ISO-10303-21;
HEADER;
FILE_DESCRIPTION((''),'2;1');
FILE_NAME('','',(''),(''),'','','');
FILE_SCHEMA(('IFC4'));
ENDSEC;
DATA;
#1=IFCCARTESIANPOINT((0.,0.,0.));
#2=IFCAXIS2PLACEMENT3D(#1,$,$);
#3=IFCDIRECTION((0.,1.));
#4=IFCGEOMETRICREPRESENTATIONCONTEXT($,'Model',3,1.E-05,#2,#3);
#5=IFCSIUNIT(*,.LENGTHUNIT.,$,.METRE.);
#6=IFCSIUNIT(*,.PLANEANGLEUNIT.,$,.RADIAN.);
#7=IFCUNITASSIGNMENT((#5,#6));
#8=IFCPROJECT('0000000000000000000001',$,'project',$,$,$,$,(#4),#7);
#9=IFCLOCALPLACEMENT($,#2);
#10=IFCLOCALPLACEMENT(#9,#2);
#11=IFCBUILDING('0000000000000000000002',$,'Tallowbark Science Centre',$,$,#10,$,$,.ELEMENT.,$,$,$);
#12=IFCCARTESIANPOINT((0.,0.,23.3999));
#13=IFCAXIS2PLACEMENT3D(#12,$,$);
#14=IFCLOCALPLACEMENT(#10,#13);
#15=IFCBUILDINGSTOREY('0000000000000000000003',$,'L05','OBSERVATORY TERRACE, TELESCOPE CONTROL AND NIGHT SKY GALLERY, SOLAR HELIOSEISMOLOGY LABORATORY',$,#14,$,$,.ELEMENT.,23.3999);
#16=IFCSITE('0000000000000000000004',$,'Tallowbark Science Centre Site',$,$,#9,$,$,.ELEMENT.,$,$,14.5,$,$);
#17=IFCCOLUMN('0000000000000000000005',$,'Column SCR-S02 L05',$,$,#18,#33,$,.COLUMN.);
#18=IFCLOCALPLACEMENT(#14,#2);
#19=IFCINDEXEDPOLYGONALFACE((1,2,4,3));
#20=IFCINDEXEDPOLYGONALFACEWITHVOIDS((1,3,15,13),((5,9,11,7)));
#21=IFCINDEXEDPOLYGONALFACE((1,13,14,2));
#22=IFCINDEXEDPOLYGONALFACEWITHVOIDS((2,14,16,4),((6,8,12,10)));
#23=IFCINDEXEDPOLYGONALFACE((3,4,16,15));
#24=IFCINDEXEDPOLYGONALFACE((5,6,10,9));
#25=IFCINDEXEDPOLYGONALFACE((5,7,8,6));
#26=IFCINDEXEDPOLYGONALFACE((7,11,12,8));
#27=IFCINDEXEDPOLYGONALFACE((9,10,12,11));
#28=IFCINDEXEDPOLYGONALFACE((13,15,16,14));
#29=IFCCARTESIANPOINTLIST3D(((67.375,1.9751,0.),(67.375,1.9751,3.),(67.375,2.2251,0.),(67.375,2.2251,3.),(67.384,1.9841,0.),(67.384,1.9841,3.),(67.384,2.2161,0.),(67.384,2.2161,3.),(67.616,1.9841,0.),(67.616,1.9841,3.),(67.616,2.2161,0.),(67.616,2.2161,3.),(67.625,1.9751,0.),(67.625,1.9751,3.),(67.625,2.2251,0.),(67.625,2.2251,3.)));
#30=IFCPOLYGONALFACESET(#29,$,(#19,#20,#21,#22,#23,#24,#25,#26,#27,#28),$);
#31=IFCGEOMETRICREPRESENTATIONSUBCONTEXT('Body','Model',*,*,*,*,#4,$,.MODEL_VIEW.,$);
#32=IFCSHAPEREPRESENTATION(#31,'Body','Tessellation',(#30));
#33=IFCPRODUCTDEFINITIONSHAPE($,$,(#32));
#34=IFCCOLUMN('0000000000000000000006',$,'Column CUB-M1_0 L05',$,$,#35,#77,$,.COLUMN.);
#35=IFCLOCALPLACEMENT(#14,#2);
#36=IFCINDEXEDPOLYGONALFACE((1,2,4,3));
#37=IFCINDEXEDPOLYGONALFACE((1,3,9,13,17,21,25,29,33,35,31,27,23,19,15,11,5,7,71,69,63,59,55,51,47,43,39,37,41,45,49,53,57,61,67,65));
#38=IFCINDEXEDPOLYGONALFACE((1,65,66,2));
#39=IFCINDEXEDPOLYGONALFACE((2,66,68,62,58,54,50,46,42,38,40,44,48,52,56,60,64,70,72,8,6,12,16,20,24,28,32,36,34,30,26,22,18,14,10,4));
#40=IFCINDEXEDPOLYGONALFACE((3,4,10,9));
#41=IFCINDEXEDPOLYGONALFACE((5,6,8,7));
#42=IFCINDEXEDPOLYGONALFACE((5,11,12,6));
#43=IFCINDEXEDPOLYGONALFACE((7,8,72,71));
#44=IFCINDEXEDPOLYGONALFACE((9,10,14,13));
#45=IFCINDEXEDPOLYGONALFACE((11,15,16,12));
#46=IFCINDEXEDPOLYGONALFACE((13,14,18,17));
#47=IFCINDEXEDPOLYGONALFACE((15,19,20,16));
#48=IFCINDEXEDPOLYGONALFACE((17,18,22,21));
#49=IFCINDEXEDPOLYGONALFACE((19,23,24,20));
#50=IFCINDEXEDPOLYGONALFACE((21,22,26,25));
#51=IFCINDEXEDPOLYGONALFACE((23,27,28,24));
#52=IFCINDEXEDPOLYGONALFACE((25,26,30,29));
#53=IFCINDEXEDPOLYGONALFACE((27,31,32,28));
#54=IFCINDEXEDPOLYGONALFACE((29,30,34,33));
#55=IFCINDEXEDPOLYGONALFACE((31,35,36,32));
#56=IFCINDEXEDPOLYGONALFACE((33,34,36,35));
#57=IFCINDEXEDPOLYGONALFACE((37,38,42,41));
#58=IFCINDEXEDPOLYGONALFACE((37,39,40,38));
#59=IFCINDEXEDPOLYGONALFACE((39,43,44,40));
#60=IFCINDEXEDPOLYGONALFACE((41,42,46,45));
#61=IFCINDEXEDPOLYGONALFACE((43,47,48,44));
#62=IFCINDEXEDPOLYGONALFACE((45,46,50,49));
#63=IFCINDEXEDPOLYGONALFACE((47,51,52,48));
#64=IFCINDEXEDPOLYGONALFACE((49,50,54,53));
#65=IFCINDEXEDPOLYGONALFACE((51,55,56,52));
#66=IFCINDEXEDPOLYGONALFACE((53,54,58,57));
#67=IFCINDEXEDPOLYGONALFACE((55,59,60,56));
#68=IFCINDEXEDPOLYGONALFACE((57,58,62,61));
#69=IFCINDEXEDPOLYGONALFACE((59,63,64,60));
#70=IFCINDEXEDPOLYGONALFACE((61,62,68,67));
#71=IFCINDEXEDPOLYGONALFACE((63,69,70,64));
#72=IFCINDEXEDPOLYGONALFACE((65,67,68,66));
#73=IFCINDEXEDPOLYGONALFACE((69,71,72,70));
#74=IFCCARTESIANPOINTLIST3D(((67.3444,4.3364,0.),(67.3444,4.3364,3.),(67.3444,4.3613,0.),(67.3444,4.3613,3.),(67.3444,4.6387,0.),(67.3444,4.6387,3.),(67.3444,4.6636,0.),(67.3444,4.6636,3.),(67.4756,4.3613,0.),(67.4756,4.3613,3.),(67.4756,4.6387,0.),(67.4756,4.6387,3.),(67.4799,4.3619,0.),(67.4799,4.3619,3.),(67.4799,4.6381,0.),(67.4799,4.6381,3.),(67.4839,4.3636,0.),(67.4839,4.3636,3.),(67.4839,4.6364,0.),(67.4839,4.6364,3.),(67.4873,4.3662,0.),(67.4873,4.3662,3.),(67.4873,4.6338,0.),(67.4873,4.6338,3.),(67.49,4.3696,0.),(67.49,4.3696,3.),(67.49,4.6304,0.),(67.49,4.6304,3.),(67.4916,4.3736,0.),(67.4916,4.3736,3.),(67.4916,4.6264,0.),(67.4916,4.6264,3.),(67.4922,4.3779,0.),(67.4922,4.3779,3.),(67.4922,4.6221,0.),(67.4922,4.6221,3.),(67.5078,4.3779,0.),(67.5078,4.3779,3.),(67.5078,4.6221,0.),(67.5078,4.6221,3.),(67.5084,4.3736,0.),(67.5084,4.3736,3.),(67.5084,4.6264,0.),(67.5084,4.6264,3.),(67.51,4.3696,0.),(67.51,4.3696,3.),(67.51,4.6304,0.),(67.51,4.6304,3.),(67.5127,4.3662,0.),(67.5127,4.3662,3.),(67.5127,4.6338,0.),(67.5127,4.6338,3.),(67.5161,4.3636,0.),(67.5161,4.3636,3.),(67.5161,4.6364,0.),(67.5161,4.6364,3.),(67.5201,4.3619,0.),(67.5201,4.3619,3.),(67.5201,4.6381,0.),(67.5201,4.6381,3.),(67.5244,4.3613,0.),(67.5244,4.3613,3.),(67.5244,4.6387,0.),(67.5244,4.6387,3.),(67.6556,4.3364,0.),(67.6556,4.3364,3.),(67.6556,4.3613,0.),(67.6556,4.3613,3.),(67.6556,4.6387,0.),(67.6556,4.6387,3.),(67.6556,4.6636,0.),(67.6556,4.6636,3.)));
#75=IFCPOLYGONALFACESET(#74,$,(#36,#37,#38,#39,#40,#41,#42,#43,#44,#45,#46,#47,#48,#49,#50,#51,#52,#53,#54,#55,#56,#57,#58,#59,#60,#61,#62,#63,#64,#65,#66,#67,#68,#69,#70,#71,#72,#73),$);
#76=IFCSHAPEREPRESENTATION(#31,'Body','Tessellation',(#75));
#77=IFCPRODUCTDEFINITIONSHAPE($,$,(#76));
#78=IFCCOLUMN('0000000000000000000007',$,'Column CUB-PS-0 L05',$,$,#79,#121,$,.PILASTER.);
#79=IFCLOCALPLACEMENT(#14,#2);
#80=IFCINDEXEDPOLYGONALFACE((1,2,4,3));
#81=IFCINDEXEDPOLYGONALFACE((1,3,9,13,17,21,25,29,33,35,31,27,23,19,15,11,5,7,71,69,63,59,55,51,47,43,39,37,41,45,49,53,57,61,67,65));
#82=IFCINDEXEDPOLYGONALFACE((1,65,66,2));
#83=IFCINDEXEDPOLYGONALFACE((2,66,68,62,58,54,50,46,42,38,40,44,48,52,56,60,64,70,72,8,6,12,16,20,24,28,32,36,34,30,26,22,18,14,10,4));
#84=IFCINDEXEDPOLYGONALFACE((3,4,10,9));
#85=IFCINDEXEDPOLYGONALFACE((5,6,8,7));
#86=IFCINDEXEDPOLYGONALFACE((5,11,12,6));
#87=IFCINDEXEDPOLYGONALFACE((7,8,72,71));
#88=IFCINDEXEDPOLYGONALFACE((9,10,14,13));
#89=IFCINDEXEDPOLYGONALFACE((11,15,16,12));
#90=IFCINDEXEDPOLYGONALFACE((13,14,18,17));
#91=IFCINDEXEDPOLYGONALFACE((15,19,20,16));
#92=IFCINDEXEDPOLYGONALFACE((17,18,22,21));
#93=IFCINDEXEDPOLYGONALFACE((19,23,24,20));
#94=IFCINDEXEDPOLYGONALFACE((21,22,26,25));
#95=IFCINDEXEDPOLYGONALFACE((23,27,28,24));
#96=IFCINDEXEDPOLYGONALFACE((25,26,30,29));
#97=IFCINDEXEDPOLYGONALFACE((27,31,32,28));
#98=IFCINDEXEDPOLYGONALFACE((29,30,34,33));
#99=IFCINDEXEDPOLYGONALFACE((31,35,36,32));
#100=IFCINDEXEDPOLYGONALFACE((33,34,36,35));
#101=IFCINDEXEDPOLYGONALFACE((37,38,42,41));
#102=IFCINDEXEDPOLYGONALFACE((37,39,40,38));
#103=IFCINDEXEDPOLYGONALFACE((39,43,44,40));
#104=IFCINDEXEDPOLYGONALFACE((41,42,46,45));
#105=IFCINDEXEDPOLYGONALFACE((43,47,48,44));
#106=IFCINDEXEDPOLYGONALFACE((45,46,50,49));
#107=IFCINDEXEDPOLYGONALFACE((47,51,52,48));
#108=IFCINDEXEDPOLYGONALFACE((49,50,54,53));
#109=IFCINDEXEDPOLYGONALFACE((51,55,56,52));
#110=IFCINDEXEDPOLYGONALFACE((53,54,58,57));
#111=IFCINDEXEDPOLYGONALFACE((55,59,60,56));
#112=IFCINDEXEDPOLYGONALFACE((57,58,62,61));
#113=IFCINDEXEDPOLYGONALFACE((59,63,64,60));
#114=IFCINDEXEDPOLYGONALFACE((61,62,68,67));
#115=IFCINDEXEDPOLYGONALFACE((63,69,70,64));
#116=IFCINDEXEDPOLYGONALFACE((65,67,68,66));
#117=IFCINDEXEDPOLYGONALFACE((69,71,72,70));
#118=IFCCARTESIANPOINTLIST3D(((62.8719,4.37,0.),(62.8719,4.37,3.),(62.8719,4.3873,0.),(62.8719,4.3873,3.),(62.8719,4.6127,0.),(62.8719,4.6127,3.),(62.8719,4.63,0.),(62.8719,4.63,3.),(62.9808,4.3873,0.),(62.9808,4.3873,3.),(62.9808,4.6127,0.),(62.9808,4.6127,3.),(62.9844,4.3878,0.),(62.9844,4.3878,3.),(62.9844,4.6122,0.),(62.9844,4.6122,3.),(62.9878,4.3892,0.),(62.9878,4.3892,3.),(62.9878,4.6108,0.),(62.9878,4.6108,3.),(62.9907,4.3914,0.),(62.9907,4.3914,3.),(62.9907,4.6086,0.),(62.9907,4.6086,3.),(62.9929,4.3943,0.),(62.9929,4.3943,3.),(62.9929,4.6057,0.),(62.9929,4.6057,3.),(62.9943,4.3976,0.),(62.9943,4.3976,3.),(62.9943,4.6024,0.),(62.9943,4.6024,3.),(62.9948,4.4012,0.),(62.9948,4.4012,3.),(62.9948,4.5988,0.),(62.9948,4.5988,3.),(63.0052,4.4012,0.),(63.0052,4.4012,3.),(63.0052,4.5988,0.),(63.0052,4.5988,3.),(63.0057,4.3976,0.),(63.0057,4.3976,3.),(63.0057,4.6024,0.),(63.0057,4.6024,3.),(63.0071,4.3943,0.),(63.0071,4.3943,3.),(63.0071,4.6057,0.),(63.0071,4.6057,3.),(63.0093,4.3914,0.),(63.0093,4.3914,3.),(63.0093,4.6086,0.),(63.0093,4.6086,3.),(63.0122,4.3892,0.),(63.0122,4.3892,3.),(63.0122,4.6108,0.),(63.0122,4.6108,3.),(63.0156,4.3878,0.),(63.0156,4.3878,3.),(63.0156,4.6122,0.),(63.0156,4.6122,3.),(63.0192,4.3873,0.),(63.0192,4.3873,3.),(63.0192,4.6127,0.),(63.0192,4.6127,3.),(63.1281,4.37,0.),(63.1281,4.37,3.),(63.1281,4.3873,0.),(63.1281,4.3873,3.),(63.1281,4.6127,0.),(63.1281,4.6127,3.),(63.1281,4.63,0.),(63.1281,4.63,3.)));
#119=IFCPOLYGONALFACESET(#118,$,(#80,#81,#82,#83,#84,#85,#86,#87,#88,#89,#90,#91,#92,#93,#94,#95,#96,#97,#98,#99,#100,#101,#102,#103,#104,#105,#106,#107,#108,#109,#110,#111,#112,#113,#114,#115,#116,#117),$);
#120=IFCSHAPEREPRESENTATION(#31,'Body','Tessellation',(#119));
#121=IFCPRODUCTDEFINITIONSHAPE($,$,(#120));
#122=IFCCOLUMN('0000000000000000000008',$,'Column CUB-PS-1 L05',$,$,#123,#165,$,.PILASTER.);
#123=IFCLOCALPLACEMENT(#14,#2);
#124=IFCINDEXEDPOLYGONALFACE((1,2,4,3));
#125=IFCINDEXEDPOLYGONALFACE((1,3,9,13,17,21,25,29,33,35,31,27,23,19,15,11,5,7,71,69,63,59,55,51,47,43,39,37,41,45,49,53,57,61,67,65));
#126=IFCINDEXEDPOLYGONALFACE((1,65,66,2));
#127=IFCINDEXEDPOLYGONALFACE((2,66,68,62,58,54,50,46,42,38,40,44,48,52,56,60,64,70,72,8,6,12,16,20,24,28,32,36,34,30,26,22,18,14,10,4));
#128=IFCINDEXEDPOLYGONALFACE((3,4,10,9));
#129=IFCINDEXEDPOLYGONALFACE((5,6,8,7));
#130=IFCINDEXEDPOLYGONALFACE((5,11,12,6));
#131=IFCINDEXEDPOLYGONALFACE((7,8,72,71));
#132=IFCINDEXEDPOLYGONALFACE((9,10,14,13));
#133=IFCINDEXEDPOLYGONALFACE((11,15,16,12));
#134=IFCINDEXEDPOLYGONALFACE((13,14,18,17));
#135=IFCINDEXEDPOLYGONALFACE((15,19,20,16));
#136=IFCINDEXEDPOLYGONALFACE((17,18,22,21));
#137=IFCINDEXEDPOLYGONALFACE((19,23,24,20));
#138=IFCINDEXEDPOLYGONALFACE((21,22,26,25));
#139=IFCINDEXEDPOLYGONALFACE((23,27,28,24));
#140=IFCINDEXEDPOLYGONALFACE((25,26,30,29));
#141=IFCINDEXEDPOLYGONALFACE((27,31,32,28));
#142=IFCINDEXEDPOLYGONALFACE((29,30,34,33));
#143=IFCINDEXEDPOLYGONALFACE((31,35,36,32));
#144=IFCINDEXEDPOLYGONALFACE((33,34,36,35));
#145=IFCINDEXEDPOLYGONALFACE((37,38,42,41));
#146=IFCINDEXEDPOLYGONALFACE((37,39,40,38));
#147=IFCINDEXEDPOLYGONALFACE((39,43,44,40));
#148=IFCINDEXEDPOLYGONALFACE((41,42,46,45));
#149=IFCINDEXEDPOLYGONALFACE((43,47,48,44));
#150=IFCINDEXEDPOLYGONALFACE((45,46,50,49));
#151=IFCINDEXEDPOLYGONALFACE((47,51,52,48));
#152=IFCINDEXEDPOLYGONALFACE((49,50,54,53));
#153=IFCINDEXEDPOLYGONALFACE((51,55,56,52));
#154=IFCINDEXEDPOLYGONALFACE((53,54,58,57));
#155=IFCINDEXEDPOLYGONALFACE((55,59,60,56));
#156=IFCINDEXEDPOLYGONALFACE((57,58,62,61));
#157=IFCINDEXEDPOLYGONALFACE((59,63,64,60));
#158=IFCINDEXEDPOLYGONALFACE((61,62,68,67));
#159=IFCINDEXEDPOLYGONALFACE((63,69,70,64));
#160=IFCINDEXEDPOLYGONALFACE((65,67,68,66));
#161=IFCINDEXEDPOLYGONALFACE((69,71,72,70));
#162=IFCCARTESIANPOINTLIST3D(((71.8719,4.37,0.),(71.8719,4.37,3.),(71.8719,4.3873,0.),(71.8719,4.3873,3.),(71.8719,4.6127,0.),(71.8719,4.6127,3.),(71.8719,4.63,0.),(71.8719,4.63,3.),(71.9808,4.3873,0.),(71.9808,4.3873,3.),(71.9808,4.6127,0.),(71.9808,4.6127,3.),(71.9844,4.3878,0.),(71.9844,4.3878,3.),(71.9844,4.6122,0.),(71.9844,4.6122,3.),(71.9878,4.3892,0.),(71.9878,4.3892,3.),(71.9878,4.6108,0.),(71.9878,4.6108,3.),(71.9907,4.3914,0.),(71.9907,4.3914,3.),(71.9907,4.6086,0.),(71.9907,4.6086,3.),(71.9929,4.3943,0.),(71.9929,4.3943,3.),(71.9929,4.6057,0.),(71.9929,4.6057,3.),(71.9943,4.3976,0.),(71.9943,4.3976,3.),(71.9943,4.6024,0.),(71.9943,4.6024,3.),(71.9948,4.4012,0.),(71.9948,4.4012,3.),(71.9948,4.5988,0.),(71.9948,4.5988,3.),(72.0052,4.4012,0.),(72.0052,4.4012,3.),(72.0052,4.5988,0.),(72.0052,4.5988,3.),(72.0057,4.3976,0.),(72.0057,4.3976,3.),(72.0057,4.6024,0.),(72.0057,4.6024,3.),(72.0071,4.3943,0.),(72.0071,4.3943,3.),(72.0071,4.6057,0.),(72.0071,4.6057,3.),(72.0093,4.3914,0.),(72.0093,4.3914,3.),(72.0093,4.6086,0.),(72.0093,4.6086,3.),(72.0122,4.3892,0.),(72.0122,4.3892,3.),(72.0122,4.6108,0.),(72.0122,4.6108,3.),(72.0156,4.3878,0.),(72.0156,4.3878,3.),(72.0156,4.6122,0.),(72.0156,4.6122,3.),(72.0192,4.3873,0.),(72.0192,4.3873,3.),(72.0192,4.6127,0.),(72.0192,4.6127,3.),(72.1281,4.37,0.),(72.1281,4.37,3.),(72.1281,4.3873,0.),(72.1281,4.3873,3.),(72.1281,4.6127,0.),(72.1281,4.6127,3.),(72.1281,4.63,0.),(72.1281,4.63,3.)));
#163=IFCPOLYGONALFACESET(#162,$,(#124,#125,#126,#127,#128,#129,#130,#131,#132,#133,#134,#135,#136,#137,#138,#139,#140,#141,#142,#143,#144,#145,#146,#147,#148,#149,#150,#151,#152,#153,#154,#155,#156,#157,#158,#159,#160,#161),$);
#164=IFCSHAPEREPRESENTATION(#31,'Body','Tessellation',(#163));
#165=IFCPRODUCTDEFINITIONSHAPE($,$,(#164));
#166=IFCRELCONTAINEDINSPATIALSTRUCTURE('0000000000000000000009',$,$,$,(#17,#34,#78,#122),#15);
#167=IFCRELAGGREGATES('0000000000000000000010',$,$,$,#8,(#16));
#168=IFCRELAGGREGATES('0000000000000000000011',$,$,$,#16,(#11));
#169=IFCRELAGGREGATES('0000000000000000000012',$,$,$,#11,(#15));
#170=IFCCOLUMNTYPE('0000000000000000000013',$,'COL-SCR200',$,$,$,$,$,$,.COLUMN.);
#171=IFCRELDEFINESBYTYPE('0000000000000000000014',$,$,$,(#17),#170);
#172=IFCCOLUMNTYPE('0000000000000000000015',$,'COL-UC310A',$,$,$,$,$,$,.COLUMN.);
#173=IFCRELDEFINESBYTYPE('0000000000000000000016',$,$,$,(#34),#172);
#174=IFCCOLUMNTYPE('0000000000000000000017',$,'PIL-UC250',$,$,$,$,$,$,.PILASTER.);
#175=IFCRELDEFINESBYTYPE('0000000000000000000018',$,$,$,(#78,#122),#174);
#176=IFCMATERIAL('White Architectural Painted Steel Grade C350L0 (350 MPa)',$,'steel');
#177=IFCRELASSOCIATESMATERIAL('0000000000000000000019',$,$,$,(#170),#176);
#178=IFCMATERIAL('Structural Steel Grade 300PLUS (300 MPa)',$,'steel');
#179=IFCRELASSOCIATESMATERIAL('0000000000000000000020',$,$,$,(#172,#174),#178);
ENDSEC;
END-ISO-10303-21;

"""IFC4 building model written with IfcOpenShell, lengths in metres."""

from ifc_helpers import new_model, si_unit, direction, frame, origin, origin_2d, place, context, subcontext, project, spatial, hollow_rectangle, i_section, extrude, material, material_profile, profile_set, type_object, element, save


model = new_model("IFC4")

# Units and contexts
model_context = context("Model", 3, precision=1e-05, world=origin(), true_north=direction((0.0, 1.0)))
body_context = subcontext(model_context, "Body", "Model", "MODEL_VIEW")
ifc_project = project(units=[si_unit("LENGTHUNIT", "METRE"), si_unit("PLANEANGLEUNIT", "RADIAN")], contexts=[model_context])

# Site, building, storey
site_placement = place(None, origin())
site = spatial("IfcSite", under=ifc_project, at=site_placement, Name="Tallowbark Science Centre Site", CompositionType="ELEMENT", RefElevation=14.5)
building_placement = place(site_placement, origin())
building = spatial("IfcBuilding", under=site, at=building_placement, Name="Tallowbark Science Centre", CompositionType="ELEMENT")
storey_placement = place(building_placement, frame((0.0, 0.0, 23.3999)))
storey = spatial("IfcBuildingStorey", under=building, at=storey_placement, Name="L05", Description="OBSERVATORY TERRACE, TELESCOPE CONTROL AND NIGHT SKY GALLERY, SOLAR HELIOSEISMOLOGY LABORATORY", CompositionType="ELEMENT", Elevation=23.3999)

# Columns
ifc_material_1 = material(Name="White Architectural Painted Steel Grade C350L0 (350 MPa)", Category="steel")
ifc_material_profile_1 = material_profile(ifc_material_1, hollow_rectangle(XDim=0.25, YDim=0.25, WallThickness=0.009, at=origin_2d()), Name="250x250x9.0SHS")
ifc_profile_set_1 = profile_set([ifc_material_profile_1], Name="White Architectural Painted Steel Grade C350L0 (350 MPa)")
column_type_1 = type_object("IfcColumnType", Name="COL-SCR200", PredefinedType="COLUMN", material=ifc_profile_set_1)
column_1_placement = place(storey_placement, frame((67.5, 2.1001, 0.0), z_axis=(0.0, 0.0, 1.0), x_axis=(1.0, 0.0, 0.0)))
element("IfcColumn", 1, at=column_1_placement, inside=storey, type_object=column_type_1, Name="Column SCR-S02 L05", PredefinedType="COLUMN", context=body_context, shape_type="SweptSolid", body=[
    extrude(hollow_rectangle(XDim=0.25, YDim=0.25, WallThickness=0.009, at=origin_2d()), origin(), (0.0, 0.0, 1.0), 3.0),
])
ifc_material_2 = material(Name="Structural Steel Grade 300PLUS (300 MPa)", Category="steel")
ifc_material_profile_2 = material_profile(ifc_material_2, i_section(OverallWidth=0.3113, OverallDepth=0.3271, WebThickness=0.0156, FlangeThickness=0.0249, FilletRadius=0.0166, at=origin_2d()), Name="310UC158")
ifc_profile_set_2 = profile_set([ifc_material_profile_2], Name="Structural Steel Grade 300PLUS (300 MPa)")
column_type_2 = type_object("IfcColumnType", Name="COL-UC310A", PredefinedType="COLUMN", material=ifc_profile_set_2)
column_2_placement = place(storey_placement, frame((67.5, 4.5, 0.0), z_axis=(0.0, 0.0, 1.0), x_axis=(1.0, 0.0, 0.0)))
element("IfcColumn", 2, at=column_2_placement, inside=storey, type_object=column_type_2, Name="Column CUB-M1_0 L05", PredefinedType="COLUMN", context=body_context, shape_type="SweptSolid", body=[
    extrude(i_section(OverallWidth=0.3113, OverallDepth=0.3271, WebThickness=0.0156, FlangeThickness=0.0249, FilletRadius=0.0166, at=origin_2d()), origin(), (0.0, 0.0, 1.0), 3.0),
])
ifc_material_profile_3 = material_profile(ifc_material_2, i_section(OverallWidth=0.2561, OverallDepth=0.26, WebThickness=0.0105, FlangeThickness=0.0173, FilletRadius=0.0139, at=origin_2d()), Name="250UC89.5")
ifc_profile_set_3 = profile_set([ifc_material_profile_3], Name="Structural Steel Grade 300PLUS (300 MPa)")
column_type_3 = type_object("IfcColumnType", Name="PIL-UC250", PredefinedType="PILASTER", material=ifc_profile_set_3)
for number, where, z_axis, x_axis, name in (
    (3, (63.0, 4.5, 0.0), (0.0, 0.0, 1.0), (1.0, 0.0, 0.0), "Column CUB-PS-0 L05"),
    (4, (72.0, 4.5, 0.0), (0.0, 0.0, 1.0), (1.0, 0.0, 0.0), "Column CUB-PS-1 L05"),
):
    element("IfcColumn", number, at=place(storey_placement, frame(where, z_axis=z_axis, x_axis=x_axis)), inside=storey, type_object=column_type_3, Name=name, PredefinedType="PILASTER", context=body_context, shape_type="SweptSolid", body=[
        extrude(i_section(OverallWidth=0.2561, OverallDepth=0.26, WebThickness=0.0105, FlangeThickness=0.0173, FilletRadius=0.0139, at=origin_2d()), origin(), (0.0, 0.0, 1.0), 3.0),
    ])

save(model, "model.ifc")
